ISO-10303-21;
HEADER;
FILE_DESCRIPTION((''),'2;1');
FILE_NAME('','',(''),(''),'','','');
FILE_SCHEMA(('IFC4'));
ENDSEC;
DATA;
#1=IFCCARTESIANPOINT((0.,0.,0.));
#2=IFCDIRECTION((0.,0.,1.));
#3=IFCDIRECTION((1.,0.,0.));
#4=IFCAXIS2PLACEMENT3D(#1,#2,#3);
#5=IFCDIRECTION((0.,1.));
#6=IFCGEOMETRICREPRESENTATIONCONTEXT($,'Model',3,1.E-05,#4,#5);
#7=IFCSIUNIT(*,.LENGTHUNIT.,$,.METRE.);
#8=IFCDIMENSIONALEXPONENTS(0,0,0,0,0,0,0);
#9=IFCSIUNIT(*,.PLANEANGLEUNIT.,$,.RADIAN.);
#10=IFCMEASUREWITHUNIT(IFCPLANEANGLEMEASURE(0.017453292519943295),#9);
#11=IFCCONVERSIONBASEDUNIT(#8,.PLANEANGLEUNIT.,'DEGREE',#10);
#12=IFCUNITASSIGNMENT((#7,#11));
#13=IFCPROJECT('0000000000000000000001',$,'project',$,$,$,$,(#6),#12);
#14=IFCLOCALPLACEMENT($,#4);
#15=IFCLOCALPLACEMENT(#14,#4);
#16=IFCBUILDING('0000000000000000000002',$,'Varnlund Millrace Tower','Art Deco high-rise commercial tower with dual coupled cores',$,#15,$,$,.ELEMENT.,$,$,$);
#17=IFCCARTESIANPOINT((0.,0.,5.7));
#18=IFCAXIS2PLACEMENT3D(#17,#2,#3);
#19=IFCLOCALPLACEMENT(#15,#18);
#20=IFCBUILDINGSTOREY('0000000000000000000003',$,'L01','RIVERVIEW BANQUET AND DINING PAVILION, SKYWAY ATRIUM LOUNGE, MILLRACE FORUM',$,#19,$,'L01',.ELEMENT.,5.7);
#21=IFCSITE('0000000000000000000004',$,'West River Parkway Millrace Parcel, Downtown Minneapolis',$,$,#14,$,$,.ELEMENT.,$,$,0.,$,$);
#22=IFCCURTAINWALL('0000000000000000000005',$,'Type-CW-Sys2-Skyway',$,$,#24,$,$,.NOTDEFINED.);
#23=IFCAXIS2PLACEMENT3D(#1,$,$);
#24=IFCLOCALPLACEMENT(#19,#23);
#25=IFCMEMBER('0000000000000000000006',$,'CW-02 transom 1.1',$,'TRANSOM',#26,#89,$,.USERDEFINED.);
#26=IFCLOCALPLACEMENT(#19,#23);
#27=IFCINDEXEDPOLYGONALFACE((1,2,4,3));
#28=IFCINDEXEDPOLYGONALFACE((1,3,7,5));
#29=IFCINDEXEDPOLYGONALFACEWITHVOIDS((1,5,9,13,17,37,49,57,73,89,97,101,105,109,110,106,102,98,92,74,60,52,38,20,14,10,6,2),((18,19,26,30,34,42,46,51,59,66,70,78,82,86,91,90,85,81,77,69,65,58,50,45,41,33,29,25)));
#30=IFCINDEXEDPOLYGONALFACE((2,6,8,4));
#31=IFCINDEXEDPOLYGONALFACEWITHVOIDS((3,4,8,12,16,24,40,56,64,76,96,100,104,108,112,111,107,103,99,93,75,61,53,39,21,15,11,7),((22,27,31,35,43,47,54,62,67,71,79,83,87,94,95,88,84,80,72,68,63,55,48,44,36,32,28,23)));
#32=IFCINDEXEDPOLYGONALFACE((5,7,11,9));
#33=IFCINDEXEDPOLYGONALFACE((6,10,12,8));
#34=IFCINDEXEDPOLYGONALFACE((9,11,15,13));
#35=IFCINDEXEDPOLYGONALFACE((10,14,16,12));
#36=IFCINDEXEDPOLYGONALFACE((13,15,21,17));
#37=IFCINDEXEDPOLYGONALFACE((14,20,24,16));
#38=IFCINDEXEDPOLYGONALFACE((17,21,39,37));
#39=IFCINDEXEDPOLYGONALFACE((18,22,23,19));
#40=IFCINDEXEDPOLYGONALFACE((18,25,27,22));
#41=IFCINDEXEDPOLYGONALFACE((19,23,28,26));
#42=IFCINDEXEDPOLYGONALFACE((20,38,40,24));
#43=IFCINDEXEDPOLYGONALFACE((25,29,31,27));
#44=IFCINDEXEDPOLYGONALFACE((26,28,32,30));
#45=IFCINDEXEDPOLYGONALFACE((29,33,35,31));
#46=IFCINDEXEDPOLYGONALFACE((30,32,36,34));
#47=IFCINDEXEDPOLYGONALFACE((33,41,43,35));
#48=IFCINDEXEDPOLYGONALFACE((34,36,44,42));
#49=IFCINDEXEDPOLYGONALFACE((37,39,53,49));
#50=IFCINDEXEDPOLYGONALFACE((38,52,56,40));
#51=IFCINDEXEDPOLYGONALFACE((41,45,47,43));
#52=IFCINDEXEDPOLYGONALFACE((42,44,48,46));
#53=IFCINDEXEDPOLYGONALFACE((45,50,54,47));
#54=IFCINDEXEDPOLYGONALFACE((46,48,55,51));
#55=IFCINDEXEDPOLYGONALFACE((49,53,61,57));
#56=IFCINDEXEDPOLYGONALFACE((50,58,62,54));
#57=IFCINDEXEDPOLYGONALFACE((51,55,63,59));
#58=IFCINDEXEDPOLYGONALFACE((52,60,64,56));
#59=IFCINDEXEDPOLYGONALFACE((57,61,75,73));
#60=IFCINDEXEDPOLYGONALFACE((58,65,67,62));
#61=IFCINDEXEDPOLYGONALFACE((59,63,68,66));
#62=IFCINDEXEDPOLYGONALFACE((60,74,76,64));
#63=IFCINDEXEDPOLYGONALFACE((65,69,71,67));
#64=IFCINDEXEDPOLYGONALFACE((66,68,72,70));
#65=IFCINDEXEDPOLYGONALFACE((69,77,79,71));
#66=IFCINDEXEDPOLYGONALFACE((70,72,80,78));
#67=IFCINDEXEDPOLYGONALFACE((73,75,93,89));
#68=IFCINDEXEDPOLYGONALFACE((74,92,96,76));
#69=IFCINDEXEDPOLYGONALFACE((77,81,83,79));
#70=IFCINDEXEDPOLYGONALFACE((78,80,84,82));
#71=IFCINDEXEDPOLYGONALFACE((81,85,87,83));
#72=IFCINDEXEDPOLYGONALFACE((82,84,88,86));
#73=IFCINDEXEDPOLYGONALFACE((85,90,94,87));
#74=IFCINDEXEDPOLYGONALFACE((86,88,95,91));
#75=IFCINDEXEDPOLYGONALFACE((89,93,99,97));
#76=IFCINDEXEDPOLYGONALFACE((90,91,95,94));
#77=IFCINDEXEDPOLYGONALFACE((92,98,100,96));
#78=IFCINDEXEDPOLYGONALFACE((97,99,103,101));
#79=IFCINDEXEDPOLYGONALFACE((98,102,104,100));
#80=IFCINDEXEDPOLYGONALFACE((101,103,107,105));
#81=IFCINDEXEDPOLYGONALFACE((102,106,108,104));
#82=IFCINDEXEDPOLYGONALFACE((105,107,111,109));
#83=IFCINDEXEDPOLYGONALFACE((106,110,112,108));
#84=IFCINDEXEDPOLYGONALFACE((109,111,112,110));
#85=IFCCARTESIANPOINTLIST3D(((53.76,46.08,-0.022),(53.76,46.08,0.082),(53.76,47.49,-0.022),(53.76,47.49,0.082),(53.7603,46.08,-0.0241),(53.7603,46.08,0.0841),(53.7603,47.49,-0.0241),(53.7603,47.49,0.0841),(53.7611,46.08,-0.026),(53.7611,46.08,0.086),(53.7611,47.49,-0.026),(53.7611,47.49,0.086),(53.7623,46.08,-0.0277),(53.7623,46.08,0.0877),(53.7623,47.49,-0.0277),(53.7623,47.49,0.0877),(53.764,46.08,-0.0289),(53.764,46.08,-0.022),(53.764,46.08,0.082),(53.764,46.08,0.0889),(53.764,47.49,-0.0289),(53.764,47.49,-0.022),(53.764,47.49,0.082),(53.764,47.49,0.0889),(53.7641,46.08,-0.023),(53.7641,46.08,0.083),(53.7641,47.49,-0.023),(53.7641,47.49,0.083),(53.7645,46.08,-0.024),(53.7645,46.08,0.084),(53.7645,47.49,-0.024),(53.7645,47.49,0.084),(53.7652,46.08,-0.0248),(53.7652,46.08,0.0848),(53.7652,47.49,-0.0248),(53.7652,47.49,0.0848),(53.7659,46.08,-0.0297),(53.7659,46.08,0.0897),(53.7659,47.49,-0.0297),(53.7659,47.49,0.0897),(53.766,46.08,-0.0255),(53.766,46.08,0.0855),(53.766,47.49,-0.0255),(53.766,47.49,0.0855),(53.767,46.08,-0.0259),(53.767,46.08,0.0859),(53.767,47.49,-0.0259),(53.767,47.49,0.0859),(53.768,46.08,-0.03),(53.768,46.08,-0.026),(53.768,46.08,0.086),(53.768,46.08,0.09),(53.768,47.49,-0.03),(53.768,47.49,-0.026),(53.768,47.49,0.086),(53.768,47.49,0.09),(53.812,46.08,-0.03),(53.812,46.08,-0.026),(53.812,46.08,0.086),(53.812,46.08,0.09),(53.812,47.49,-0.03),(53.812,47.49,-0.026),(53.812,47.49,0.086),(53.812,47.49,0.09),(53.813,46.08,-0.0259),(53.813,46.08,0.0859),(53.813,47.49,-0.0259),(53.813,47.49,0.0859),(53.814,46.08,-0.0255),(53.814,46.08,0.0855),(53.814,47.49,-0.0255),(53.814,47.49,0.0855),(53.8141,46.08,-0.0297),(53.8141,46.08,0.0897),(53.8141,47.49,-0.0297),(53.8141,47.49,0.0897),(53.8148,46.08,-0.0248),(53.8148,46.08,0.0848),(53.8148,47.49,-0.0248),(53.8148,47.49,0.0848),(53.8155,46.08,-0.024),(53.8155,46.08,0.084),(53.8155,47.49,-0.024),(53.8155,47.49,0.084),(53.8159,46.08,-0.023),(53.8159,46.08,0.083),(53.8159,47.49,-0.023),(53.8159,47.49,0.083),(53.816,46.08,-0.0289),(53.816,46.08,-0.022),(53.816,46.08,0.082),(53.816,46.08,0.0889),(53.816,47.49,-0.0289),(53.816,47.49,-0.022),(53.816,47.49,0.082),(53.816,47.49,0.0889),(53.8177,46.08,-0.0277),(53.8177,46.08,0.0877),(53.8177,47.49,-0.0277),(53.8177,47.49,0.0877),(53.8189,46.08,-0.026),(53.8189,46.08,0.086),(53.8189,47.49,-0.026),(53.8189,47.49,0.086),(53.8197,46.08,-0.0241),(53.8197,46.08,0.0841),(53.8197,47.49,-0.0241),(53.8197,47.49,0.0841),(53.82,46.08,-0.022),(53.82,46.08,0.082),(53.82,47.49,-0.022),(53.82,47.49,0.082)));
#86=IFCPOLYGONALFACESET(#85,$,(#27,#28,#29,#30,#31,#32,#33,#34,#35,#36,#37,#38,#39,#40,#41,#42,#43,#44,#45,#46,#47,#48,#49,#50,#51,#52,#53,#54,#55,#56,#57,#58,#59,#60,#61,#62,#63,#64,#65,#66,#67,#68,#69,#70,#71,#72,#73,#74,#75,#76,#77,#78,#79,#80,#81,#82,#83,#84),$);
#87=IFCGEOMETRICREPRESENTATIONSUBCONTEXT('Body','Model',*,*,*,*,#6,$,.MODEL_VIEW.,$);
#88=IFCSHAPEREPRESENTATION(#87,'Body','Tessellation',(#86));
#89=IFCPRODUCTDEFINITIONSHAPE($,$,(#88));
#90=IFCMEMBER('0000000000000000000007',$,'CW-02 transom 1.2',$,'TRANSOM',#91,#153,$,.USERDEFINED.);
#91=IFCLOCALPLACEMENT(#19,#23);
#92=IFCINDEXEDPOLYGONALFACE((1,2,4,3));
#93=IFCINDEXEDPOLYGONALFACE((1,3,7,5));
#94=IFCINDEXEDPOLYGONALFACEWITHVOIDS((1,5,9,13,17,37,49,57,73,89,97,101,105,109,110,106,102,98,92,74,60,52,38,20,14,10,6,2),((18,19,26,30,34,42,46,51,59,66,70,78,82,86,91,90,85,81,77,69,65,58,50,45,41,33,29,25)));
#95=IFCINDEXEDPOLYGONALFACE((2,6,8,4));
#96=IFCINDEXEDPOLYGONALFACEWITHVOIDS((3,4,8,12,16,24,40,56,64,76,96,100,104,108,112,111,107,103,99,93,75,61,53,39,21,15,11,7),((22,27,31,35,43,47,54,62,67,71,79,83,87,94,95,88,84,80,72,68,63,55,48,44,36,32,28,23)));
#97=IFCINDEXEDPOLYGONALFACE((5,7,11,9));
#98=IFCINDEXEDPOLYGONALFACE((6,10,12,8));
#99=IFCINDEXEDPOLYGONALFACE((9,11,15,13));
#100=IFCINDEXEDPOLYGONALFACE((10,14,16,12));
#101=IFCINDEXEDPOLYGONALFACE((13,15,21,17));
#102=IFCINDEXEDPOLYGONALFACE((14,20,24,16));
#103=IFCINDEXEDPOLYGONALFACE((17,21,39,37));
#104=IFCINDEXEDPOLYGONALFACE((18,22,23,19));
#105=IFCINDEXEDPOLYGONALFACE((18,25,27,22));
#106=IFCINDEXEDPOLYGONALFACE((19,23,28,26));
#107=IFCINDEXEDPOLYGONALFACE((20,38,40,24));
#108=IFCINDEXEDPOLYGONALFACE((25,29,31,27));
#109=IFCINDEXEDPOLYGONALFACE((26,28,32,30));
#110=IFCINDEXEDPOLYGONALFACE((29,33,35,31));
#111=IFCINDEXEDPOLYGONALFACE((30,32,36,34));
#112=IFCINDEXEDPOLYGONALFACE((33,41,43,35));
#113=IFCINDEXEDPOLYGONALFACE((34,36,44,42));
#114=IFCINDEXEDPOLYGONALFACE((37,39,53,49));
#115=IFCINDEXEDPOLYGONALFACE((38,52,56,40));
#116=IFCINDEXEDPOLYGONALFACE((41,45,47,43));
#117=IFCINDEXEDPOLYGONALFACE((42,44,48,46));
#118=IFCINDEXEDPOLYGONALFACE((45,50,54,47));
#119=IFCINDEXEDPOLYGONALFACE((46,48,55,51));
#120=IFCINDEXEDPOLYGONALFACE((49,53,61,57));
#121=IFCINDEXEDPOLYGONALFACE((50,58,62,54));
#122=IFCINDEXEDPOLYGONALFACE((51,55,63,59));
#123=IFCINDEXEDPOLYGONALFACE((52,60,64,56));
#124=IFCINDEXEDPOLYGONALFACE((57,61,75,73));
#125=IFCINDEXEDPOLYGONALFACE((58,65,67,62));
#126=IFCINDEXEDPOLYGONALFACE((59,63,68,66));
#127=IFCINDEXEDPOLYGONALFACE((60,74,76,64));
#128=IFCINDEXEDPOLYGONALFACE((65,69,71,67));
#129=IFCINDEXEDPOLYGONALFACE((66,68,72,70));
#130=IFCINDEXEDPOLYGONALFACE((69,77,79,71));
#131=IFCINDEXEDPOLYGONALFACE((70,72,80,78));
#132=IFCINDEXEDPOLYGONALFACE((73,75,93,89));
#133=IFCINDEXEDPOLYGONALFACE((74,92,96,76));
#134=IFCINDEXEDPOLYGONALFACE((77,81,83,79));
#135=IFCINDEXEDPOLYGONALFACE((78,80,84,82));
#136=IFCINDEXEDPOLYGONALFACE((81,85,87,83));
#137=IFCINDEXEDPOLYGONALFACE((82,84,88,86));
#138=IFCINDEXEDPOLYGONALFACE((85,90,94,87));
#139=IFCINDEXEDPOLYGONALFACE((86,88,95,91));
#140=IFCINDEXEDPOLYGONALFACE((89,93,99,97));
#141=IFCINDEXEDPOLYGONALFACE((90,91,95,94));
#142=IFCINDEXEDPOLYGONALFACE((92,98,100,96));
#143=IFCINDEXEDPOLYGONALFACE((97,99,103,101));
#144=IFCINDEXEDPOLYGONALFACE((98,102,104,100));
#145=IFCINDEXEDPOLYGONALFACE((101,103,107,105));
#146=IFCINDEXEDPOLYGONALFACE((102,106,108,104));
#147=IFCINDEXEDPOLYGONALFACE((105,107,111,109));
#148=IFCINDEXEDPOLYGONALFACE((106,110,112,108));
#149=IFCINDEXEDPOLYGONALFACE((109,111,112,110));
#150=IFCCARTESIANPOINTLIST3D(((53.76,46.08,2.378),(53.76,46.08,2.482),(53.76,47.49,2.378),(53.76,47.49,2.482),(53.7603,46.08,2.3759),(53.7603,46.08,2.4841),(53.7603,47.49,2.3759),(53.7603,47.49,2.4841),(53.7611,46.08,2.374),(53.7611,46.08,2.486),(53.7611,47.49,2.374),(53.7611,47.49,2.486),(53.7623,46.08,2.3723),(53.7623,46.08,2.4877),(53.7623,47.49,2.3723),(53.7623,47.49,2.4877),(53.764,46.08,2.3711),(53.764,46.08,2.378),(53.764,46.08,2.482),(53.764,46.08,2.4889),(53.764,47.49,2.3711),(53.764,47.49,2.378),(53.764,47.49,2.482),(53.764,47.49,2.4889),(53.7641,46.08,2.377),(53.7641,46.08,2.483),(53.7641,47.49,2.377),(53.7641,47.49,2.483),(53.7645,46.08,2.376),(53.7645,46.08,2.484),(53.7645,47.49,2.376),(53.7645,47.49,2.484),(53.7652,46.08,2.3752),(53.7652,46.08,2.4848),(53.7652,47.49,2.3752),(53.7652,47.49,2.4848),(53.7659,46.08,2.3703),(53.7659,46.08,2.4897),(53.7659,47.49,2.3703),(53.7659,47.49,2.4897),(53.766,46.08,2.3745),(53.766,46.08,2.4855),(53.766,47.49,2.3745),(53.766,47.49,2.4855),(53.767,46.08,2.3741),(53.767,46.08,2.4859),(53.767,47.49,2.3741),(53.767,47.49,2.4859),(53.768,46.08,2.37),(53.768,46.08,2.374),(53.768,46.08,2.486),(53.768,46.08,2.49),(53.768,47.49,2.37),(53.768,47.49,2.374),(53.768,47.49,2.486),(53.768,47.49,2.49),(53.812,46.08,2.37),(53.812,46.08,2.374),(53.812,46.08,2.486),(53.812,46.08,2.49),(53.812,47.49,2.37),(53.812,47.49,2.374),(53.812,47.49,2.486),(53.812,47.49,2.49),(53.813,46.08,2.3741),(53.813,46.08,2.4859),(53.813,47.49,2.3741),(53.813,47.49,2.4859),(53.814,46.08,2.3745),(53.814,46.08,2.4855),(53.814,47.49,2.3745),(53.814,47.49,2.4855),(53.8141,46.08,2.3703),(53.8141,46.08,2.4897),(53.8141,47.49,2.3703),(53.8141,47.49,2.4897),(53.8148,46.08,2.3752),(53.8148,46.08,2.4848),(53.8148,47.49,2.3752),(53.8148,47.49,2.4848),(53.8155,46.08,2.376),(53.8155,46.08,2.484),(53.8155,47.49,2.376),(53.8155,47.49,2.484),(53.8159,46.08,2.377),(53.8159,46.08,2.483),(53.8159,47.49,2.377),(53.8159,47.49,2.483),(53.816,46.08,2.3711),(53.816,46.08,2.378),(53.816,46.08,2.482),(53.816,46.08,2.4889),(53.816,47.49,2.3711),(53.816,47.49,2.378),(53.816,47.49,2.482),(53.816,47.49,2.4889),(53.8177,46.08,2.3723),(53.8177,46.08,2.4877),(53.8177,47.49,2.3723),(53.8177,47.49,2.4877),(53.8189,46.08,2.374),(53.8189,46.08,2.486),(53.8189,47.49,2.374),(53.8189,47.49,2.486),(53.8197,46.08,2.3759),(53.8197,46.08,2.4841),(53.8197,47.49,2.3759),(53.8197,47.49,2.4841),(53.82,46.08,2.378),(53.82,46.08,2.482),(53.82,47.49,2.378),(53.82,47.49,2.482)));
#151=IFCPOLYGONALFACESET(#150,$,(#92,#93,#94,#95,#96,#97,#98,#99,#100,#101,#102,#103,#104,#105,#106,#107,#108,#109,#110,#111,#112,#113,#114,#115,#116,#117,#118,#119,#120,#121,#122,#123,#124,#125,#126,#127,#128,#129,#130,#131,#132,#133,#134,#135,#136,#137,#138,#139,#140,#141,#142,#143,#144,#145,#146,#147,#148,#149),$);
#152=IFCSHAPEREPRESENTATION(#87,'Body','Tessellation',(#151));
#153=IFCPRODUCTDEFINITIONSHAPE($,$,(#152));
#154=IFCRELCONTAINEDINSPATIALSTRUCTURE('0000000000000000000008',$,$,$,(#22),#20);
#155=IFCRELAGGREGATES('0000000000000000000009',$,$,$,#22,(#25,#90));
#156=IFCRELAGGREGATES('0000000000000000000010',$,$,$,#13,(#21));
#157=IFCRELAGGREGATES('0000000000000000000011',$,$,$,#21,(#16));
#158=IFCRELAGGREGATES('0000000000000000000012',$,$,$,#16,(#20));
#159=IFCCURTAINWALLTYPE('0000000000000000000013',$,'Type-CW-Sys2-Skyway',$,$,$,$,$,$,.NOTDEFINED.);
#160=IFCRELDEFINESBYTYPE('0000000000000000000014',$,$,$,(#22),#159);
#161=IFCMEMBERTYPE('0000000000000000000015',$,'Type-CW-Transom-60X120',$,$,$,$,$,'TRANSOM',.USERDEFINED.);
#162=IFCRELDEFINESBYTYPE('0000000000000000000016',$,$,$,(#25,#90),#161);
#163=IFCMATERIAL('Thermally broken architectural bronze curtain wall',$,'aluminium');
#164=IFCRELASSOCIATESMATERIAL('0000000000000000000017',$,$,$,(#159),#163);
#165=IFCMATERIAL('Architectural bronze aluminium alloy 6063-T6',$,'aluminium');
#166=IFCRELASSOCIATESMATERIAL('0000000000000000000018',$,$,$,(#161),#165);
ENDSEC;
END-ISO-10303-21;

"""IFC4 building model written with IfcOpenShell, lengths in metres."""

from ifc_helpers import new_model, entity, si_unit, converted_unit, direction, frame, origin_with_axes, origin_2d_with_axis, place, context, subcontext, project, spatial, hollow_rectangle, extrude, material, material_profile, profile_set, type_object, element, aggregate, save


model = new_model("IFC4")

# Units and contexts
model_context = context("Model", 3, precision=1e-05, world=origin_with_axes(), true_north=direction((0.0, 1.0)))
body_context = subcontext(model_context, "Body", "Model", "MODEL_VIEW")
ifc_project = project(units=[si_unit("LENGTHUNIT", "METRE"), converted_unit("PLANEANGLEUNIT", "DEGREE", entity("IfcPlaneAngleMeasure", 0.017453292519943295), si_unit("PLANEANGLEUNIT", "RADIAN"), dimensions=[0, 0, 0, 0, 0, 0, 0])], contexts=[model_context])

# Site, building, storey
site_placement = place(None, origin_with_axes())
site = spatial("IfcSite", under=ifc_project, at=site_placement, Name="West River Parkway Millrace Parcel, Downtown Minneapolis", CompositionType="ELEMENT", RefElevation=0.0)
building_placement = place(site_placement, origin_with_axes())
building = spatial("IfcBuilding", under=site, at=building_placement, Name="Varnlund Millrace Tower", Description="Art Deco high-rise commercial tower with dual coupled cores", CompositionType="ELEMENT")
storey_placement = place(building_placement, frame((0.0, 0.0, 5.7), z_axis=(0.0, 0.0, 1.0), x_axis=(1.0, 0.0, 0.0)))
storey = spatial("IfcBuildingStorey", under=building, at=storey_placement, Name="L01", Description="RIVERVIEW BANQUET AND DINING PAVILION, SKYWAY ATRIUM LOUNGE, MILLRACE FORUM", LongName="L01", CompositionType="ELEMENT", Elevation=5.7)

# Shared definitions
ifc_material_1 = material(Name="Thermally broken architectural bronze curtain wall", Category="aluminium")
curtain_wall_type = type_object("IfcCurtainWallType", Name="Type-CW-Sys2-Skyway", PredefinedType="NOTDEFINED", material=ifc_material_1)
ifc_material_2 = material(Name="Architectural bronze aluminium alloy 6063-T6", Category="aluminium")

# Curtain wall
curtain_wall_1_placement = place(storey_placement, frame((53.79, 47.55, 0.0), z_axis=(0.0, 0.0, 1.0), x_axis=(1.0, 0.0, 0.0)))
curtain_wall_1 = element("IfcCurtainWall", 1, at=curtain_wall_1_placement, inside=storey, type_object=curtain_wall_type, Name="Type-CW-Sys2-Skyway", PredefinedType="NOTDEFINED")

# Members
ifc_material_profile_1 = material_profile(ifc_material_2, hollow_rectangle(XDim=0.06, YDim=0.12, WallThickness=0.004, InnerFilletRadius=0.004, OuterFilletRadius=0.008, at=origin_2d_with_axis()), Name="Architectural bronze aluminium alloy 6063-T6")
ifc_profile_set_1 = profile_set([ifc_material_profile_1], Name="Architectural bronze aluminium alloy 6063-T6")
member_type_1 = type_object("IfcMemberType", Name="Type-CW-Transom-60X120", ElementType="TRANSOM", PredefinedType="USERDEFINED", material=ifc_profile_set_1)
member_1_placement = place(storey_placement, frame((53.79, 47.49, 0.03), z_axis=(0.0, -1.0, 0.0), x_axis=(1.0, 0.0, 0.0)))
member_1 = element("IfcMember", 2, at=member_1_placement, type_object=member_type_1, Name="CW-02 transom 1.1", ObjectType="TRANSOM", PredefinedType="USERDEFINED", context=body_context, shape_type="SweptSolid", body=[
    extrude(hollow_rectangle(XDim=0.06, YDim=0.12, WallThickness=0.004, InnerFilletRadius=0.004, OuterFilletRadius=0.008, at=origin_2d_with_axis()), origin_with_axes(), (0.0, 0.0, 1.0), 1.41),
])
member_2_placement = place(storey_placement, frame((53.79, 47.49, 2.43), z_axis=(0.0, -1.0, 0.0), x_axis=(1.0, 0.0, 0.0)))
member_2 = element("IfcMember", 3, at=member_2_placement, type_object=member_type_1, Name="CW-02 transom 1.2", ObjectType="TRANSOM", PredefinedType="USERDEFINED", context=body_context, shape_type="SweptSolid", body=[
    extrude(hollow_rectangle(XDim=0.06, YDim=0.12, WallThickness=0.004, InnerFilletRadius=0.004, OuterFilletRadius=0.008, at=origin_2d_with_axis()), origin_with_axes(), (0.0, 0.0, 1.0), 1.41),
])
aggregate(curtain_wall_1, [member_1, member_2])

save(model, "model.ifc")
